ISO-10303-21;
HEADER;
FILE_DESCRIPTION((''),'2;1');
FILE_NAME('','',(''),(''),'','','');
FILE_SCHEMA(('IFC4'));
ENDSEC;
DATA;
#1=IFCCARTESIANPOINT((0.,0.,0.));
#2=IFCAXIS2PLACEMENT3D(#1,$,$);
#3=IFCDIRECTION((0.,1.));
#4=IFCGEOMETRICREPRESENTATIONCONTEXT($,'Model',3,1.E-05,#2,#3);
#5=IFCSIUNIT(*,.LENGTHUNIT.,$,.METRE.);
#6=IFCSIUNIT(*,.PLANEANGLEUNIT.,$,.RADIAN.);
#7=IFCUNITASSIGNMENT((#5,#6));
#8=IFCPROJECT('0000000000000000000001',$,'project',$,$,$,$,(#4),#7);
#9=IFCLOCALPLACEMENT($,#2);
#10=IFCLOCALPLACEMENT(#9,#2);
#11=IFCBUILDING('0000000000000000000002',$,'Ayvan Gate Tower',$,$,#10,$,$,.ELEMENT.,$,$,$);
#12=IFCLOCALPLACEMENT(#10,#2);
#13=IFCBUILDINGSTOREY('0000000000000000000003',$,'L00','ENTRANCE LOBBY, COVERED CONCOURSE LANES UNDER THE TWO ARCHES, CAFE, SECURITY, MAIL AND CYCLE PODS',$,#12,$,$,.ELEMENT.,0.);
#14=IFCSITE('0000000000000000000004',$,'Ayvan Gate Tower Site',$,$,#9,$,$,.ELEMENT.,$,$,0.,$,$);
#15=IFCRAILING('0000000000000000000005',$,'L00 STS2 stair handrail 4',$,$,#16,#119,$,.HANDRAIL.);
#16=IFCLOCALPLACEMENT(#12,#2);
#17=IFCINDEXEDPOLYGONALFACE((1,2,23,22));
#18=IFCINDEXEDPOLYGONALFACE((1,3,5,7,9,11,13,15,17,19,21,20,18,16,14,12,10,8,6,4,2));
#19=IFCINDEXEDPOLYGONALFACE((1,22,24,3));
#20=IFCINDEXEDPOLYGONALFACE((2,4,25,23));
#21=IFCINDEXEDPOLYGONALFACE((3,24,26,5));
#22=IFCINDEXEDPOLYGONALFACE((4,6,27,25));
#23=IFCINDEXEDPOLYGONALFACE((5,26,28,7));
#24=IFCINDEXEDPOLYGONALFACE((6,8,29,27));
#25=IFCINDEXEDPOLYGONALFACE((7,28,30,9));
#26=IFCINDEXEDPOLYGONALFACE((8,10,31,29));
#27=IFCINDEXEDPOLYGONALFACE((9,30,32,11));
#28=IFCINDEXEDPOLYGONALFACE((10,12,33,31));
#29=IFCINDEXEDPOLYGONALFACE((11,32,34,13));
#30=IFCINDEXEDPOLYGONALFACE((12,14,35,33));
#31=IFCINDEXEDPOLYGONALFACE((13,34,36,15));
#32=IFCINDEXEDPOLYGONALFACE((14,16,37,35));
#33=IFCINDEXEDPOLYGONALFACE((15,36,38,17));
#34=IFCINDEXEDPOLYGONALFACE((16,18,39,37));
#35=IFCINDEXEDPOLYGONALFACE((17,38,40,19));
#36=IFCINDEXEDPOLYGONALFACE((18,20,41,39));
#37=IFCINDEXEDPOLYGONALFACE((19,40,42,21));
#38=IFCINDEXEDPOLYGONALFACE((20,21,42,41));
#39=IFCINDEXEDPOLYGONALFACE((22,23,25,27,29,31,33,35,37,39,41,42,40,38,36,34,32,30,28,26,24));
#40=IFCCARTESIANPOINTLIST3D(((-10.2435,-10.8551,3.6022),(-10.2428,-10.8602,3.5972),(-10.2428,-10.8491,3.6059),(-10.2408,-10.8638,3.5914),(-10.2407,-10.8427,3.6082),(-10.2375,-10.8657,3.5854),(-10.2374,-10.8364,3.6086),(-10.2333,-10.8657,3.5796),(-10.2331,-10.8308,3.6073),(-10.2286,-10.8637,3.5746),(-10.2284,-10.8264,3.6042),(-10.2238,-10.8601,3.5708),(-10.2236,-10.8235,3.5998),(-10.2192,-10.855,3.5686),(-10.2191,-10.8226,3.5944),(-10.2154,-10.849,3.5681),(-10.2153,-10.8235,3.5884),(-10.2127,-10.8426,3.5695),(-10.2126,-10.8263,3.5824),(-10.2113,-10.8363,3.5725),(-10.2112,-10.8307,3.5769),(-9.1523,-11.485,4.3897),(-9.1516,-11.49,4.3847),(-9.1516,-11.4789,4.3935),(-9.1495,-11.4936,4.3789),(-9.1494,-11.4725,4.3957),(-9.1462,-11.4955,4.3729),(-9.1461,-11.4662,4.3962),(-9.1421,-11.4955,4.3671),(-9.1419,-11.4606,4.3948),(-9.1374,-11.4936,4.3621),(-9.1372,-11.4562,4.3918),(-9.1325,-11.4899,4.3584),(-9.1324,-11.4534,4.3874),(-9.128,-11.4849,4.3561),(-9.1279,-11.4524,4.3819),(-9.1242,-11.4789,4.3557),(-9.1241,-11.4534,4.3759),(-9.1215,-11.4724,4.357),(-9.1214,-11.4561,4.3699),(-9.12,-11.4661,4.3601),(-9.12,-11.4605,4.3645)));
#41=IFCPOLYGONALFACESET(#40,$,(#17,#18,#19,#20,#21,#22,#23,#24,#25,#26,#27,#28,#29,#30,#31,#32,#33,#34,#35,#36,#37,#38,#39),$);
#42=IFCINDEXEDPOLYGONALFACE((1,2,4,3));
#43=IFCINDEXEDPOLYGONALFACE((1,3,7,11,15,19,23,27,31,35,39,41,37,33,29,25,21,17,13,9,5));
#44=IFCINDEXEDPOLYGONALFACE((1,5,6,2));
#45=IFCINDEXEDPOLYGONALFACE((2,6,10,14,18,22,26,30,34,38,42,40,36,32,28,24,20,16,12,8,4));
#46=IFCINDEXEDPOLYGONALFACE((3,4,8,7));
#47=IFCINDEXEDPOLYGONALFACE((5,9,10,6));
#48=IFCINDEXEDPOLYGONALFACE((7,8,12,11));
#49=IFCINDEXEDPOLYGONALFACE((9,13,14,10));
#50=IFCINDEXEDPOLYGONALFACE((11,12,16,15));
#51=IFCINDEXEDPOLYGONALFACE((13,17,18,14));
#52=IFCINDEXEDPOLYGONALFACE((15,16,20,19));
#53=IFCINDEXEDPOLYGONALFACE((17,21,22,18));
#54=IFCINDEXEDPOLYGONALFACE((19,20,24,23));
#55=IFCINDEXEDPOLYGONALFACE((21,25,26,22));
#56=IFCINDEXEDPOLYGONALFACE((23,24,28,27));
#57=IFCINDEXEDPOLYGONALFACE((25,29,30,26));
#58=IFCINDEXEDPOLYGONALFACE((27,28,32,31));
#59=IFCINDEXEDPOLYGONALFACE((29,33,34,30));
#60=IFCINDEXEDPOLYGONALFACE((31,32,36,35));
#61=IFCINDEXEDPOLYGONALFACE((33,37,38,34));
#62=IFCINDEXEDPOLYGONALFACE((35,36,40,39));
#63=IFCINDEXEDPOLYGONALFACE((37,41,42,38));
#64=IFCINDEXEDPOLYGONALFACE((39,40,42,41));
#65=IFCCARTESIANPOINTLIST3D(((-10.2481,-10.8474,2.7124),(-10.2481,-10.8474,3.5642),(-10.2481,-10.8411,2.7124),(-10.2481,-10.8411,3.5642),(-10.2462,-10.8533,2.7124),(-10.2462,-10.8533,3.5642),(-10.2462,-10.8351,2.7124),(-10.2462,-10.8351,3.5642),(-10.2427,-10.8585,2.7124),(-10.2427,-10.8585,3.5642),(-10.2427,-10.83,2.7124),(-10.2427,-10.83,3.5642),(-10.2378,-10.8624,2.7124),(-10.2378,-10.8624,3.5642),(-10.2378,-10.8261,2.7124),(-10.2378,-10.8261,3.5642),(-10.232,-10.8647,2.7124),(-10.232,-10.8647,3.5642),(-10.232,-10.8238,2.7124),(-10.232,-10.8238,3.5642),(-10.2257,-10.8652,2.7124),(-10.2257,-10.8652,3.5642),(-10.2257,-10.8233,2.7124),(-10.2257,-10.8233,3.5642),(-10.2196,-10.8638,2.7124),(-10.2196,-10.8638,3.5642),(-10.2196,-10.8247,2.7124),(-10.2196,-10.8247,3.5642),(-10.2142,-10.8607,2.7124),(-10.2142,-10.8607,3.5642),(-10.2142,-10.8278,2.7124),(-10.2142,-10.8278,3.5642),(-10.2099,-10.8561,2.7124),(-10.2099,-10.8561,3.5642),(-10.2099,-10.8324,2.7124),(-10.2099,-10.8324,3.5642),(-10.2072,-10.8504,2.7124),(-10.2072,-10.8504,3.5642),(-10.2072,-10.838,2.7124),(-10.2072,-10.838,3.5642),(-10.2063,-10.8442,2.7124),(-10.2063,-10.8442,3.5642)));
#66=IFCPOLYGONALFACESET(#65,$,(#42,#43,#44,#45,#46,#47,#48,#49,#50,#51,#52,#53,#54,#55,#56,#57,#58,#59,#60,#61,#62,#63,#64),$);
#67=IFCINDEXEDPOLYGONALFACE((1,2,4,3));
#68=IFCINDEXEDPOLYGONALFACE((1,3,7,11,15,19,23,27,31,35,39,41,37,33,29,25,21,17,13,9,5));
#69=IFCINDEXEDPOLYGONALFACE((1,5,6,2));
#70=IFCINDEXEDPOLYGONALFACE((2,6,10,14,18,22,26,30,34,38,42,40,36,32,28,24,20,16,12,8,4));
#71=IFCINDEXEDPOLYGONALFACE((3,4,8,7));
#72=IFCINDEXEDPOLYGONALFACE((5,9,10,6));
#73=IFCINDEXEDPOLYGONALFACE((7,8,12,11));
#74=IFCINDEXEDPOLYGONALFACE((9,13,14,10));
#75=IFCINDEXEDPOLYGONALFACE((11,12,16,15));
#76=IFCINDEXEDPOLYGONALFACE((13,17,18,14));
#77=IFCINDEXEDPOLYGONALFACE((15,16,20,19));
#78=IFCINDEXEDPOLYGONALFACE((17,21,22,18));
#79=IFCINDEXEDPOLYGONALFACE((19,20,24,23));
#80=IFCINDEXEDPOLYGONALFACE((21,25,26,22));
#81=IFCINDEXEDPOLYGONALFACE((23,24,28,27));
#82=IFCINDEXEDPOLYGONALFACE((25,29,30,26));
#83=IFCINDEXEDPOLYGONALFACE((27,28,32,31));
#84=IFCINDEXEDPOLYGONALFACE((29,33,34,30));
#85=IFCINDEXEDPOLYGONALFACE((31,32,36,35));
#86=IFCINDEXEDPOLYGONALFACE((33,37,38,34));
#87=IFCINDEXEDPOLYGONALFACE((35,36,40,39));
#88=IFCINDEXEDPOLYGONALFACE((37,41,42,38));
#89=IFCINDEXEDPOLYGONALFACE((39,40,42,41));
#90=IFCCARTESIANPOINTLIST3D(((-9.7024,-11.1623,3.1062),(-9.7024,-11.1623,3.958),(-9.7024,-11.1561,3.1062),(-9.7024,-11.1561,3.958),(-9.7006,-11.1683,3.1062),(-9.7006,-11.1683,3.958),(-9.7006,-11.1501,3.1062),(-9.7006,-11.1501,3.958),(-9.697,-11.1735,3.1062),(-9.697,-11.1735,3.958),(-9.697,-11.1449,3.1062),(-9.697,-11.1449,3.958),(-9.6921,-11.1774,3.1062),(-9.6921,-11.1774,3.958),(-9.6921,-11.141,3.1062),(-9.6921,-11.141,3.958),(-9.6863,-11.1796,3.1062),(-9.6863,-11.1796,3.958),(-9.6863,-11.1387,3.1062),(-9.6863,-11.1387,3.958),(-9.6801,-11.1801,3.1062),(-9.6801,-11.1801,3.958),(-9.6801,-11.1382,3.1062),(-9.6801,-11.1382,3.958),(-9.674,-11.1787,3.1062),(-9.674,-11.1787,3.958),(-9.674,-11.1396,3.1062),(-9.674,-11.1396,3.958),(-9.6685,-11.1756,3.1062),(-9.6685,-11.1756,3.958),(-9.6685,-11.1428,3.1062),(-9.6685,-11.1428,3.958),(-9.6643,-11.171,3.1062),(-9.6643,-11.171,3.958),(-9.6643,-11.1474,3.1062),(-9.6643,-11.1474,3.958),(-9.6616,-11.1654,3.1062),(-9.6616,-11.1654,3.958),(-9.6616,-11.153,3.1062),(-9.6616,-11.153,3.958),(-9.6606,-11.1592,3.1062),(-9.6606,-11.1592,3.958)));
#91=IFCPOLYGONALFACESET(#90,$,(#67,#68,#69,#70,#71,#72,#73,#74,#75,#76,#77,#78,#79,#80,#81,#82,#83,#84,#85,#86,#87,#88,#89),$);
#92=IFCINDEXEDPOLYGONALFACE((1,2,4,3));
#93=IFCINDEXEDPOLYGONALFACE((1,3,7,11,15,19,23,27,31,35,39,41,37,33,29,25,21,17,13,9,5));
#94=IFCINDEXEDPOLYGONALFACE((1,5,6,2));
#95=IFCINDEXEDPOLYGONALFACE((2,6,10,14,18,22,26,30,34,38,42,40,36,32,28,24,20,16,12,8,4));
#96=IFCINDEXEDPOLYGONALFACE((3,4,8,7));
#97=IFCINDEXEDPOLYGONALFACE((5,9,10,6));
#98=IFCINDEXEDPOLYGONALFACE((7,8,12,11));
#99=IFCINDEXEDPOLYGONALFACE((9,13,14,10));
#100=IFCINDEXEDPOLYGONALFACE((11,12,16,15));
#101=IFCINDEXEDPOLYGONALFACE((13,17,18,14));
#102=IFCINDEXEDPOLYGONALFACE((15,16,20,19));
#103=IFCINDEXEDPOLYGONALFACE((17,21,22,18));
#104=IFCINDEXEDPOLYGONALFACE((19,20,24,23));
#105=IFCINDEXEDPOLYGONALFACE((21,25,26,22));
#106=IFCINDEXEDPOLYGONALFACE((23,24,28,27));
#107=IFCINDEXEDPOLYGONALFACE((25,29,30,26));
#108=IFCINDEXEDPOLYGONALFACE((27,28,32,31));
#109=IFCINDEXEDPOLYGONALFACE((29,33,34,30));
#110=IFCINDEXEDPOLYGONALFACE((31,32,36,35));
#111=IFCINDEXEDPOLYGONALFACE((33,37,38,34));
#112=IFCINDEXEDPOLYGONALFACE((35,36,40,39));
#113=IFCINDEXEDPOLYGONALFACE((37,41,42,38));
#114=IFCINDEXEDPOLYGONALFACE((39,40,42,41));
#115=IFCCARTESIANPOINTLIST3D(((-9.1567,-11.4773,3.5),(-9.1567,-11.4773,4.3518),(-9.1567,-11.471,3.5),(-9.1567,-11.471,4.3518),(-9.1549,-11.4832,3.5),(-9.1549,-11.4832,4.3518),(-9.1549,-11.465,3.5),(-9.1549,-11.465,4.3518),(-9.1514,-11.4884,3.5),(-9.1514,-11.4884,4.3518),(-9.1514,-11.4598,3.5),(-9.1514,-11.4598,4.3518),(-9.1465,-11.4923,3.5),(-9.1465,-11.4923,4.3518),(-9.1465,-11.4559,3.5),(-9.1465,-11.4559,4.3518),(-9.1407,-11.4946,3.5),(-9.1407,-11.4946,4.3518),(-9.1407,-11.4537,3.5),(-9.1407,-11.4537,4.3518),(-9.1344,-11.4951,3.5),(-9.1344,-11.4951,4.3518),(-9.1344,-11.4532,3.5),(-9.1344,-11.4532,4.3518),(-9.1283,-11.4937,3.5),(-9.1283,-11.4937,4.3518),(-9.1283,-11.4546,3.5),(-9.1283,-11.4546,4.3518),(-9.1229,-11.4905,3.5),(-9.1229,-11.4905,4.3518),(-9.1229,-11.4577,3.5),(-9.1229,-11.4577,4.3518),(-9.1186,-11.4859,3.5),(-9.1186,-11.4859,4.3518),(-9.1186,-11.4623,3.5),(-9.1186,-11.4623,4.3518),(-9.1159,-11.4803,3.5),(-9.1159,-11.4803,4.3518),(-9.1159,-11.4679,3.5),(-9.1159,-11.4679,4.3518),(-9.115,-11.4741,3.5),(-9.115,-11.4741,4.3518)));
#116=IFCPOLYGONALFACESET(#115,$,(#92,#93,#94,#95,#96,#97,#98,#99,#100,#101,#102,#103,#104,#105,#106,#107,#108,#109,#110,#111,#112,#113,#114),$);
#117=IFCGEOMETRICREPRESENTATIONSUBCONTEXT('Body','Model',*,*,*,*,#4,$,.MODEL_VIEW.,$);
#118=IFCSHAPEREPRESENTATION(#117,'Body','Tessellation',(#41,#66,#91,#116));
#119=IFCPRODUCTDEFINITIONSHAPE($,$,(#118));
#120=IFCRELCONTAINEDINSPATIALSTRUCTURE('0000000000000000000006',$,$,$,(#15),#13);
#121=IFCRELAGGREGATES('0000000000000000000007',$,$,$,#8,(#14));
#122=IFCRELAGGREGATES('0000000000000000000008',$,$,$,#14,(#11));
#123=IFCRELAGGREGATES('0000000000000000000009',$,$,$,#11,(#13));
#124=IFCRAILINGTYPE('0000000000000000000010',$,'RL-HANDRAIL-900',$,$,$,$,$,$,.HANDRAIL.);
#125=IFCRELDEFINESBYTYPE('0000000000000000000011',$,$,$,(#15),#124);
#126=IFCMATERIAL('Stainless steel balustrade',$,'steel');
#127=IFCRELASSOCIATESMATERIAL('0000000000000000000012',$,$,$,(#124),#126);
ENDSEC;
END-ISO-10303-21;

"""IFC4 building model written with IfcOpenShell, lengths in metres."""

from ifc_helpers import new_model, si_unit, direction, frame, origin, origin_2d, place, context, subcontext, project, spatial, circle, extrude, material, type_object, element, save


model = new_model("IFC4")

# Units and contexts
model_context = context("Model", 3, precision=1e-05, world=origin(), true_north=direction((0.0, 1.0)))
body_context = subcontext(model_context, "Body", "Model", "MODEL_VIEW")
ifc_project = project(units=[si_unit("LENGTHUNIT", "METRE"), si_unit("PLANEANGLEUNIT", "RADIAN")], contexts=[model_context])

# Site, building, storey
site_placement = place(None, origin())
site = spatial("IfcSite", under=ifc_project, at=site_placement, Name="Ayvan Gate Tower Site", CompositionType="ELEMENT", RefElevation=0.0)
building_placement = place(site_placement, origin())
building = spatial("IfcBuilding", under=site, at=building_placement, Name="Ayvan Gate Tower", CompositionType="ELEMENT")
storey_placement = place(building_placement, origin())
storey = spatial("IfcBuildingStorey", under=building, at=storey_placement, Name="L00", Description="ENTRANCE LOBBY, COVERED CONCOURSE LANES UNDER THE TWO ARCHES, CAFE, SECURITY, MAIL AND CYCLE PODS", CompositionType="ELEMENT", Elevation=0.0)

# Railing
ifc_material_1 = material(Name="Stainless steel balustrade", Category="steel")
railing_type_1 = type_object("IfcRailingType", Name="RL-HANDRAIL-900", PredefinedType="HANDRAIL", material=ifc_material_1)
railing_1_placement = place(storey_placement, frame((-10.2273, -10.8442, 2.7124)))
element("IfcRailing", 1, at=railing_1_placement, inside=storey, type_object=railing_type_1, Name="L00 STS2 stair handrail 4", PredefinedType="HANDRAIL", context=body_context, shape_type="SweptSolid", body=[
    extrude(circle(Radius=0.0239, at=origin_2d()), frame((0.0, 0.0, 0.876), z_axis=(0.734423, -0.423895, 0.530033), x_axis=(0.49989, 0.866089, 0.0)), (0.0, 0.0, 1.0), 1.4858),
    extrude(circle(Radius=0.021, at=origin_2d()), origin(), (0.0, 0.0, 1.0), 0.8518),
    extrude(circle(Radius=0.021, at=origin_2d()), frame((0.5457, -0.3149, 0.3938)), (0.0, 0.0, 1.0), 0.8518),
    extrude(circle(Radius=0.021, at=origin_2d()), frame((1.0913, -0.6299, 0.7876)), (0.0, 0.0, 1.0), 0.8518),
])

save(model, "model.ifc")
